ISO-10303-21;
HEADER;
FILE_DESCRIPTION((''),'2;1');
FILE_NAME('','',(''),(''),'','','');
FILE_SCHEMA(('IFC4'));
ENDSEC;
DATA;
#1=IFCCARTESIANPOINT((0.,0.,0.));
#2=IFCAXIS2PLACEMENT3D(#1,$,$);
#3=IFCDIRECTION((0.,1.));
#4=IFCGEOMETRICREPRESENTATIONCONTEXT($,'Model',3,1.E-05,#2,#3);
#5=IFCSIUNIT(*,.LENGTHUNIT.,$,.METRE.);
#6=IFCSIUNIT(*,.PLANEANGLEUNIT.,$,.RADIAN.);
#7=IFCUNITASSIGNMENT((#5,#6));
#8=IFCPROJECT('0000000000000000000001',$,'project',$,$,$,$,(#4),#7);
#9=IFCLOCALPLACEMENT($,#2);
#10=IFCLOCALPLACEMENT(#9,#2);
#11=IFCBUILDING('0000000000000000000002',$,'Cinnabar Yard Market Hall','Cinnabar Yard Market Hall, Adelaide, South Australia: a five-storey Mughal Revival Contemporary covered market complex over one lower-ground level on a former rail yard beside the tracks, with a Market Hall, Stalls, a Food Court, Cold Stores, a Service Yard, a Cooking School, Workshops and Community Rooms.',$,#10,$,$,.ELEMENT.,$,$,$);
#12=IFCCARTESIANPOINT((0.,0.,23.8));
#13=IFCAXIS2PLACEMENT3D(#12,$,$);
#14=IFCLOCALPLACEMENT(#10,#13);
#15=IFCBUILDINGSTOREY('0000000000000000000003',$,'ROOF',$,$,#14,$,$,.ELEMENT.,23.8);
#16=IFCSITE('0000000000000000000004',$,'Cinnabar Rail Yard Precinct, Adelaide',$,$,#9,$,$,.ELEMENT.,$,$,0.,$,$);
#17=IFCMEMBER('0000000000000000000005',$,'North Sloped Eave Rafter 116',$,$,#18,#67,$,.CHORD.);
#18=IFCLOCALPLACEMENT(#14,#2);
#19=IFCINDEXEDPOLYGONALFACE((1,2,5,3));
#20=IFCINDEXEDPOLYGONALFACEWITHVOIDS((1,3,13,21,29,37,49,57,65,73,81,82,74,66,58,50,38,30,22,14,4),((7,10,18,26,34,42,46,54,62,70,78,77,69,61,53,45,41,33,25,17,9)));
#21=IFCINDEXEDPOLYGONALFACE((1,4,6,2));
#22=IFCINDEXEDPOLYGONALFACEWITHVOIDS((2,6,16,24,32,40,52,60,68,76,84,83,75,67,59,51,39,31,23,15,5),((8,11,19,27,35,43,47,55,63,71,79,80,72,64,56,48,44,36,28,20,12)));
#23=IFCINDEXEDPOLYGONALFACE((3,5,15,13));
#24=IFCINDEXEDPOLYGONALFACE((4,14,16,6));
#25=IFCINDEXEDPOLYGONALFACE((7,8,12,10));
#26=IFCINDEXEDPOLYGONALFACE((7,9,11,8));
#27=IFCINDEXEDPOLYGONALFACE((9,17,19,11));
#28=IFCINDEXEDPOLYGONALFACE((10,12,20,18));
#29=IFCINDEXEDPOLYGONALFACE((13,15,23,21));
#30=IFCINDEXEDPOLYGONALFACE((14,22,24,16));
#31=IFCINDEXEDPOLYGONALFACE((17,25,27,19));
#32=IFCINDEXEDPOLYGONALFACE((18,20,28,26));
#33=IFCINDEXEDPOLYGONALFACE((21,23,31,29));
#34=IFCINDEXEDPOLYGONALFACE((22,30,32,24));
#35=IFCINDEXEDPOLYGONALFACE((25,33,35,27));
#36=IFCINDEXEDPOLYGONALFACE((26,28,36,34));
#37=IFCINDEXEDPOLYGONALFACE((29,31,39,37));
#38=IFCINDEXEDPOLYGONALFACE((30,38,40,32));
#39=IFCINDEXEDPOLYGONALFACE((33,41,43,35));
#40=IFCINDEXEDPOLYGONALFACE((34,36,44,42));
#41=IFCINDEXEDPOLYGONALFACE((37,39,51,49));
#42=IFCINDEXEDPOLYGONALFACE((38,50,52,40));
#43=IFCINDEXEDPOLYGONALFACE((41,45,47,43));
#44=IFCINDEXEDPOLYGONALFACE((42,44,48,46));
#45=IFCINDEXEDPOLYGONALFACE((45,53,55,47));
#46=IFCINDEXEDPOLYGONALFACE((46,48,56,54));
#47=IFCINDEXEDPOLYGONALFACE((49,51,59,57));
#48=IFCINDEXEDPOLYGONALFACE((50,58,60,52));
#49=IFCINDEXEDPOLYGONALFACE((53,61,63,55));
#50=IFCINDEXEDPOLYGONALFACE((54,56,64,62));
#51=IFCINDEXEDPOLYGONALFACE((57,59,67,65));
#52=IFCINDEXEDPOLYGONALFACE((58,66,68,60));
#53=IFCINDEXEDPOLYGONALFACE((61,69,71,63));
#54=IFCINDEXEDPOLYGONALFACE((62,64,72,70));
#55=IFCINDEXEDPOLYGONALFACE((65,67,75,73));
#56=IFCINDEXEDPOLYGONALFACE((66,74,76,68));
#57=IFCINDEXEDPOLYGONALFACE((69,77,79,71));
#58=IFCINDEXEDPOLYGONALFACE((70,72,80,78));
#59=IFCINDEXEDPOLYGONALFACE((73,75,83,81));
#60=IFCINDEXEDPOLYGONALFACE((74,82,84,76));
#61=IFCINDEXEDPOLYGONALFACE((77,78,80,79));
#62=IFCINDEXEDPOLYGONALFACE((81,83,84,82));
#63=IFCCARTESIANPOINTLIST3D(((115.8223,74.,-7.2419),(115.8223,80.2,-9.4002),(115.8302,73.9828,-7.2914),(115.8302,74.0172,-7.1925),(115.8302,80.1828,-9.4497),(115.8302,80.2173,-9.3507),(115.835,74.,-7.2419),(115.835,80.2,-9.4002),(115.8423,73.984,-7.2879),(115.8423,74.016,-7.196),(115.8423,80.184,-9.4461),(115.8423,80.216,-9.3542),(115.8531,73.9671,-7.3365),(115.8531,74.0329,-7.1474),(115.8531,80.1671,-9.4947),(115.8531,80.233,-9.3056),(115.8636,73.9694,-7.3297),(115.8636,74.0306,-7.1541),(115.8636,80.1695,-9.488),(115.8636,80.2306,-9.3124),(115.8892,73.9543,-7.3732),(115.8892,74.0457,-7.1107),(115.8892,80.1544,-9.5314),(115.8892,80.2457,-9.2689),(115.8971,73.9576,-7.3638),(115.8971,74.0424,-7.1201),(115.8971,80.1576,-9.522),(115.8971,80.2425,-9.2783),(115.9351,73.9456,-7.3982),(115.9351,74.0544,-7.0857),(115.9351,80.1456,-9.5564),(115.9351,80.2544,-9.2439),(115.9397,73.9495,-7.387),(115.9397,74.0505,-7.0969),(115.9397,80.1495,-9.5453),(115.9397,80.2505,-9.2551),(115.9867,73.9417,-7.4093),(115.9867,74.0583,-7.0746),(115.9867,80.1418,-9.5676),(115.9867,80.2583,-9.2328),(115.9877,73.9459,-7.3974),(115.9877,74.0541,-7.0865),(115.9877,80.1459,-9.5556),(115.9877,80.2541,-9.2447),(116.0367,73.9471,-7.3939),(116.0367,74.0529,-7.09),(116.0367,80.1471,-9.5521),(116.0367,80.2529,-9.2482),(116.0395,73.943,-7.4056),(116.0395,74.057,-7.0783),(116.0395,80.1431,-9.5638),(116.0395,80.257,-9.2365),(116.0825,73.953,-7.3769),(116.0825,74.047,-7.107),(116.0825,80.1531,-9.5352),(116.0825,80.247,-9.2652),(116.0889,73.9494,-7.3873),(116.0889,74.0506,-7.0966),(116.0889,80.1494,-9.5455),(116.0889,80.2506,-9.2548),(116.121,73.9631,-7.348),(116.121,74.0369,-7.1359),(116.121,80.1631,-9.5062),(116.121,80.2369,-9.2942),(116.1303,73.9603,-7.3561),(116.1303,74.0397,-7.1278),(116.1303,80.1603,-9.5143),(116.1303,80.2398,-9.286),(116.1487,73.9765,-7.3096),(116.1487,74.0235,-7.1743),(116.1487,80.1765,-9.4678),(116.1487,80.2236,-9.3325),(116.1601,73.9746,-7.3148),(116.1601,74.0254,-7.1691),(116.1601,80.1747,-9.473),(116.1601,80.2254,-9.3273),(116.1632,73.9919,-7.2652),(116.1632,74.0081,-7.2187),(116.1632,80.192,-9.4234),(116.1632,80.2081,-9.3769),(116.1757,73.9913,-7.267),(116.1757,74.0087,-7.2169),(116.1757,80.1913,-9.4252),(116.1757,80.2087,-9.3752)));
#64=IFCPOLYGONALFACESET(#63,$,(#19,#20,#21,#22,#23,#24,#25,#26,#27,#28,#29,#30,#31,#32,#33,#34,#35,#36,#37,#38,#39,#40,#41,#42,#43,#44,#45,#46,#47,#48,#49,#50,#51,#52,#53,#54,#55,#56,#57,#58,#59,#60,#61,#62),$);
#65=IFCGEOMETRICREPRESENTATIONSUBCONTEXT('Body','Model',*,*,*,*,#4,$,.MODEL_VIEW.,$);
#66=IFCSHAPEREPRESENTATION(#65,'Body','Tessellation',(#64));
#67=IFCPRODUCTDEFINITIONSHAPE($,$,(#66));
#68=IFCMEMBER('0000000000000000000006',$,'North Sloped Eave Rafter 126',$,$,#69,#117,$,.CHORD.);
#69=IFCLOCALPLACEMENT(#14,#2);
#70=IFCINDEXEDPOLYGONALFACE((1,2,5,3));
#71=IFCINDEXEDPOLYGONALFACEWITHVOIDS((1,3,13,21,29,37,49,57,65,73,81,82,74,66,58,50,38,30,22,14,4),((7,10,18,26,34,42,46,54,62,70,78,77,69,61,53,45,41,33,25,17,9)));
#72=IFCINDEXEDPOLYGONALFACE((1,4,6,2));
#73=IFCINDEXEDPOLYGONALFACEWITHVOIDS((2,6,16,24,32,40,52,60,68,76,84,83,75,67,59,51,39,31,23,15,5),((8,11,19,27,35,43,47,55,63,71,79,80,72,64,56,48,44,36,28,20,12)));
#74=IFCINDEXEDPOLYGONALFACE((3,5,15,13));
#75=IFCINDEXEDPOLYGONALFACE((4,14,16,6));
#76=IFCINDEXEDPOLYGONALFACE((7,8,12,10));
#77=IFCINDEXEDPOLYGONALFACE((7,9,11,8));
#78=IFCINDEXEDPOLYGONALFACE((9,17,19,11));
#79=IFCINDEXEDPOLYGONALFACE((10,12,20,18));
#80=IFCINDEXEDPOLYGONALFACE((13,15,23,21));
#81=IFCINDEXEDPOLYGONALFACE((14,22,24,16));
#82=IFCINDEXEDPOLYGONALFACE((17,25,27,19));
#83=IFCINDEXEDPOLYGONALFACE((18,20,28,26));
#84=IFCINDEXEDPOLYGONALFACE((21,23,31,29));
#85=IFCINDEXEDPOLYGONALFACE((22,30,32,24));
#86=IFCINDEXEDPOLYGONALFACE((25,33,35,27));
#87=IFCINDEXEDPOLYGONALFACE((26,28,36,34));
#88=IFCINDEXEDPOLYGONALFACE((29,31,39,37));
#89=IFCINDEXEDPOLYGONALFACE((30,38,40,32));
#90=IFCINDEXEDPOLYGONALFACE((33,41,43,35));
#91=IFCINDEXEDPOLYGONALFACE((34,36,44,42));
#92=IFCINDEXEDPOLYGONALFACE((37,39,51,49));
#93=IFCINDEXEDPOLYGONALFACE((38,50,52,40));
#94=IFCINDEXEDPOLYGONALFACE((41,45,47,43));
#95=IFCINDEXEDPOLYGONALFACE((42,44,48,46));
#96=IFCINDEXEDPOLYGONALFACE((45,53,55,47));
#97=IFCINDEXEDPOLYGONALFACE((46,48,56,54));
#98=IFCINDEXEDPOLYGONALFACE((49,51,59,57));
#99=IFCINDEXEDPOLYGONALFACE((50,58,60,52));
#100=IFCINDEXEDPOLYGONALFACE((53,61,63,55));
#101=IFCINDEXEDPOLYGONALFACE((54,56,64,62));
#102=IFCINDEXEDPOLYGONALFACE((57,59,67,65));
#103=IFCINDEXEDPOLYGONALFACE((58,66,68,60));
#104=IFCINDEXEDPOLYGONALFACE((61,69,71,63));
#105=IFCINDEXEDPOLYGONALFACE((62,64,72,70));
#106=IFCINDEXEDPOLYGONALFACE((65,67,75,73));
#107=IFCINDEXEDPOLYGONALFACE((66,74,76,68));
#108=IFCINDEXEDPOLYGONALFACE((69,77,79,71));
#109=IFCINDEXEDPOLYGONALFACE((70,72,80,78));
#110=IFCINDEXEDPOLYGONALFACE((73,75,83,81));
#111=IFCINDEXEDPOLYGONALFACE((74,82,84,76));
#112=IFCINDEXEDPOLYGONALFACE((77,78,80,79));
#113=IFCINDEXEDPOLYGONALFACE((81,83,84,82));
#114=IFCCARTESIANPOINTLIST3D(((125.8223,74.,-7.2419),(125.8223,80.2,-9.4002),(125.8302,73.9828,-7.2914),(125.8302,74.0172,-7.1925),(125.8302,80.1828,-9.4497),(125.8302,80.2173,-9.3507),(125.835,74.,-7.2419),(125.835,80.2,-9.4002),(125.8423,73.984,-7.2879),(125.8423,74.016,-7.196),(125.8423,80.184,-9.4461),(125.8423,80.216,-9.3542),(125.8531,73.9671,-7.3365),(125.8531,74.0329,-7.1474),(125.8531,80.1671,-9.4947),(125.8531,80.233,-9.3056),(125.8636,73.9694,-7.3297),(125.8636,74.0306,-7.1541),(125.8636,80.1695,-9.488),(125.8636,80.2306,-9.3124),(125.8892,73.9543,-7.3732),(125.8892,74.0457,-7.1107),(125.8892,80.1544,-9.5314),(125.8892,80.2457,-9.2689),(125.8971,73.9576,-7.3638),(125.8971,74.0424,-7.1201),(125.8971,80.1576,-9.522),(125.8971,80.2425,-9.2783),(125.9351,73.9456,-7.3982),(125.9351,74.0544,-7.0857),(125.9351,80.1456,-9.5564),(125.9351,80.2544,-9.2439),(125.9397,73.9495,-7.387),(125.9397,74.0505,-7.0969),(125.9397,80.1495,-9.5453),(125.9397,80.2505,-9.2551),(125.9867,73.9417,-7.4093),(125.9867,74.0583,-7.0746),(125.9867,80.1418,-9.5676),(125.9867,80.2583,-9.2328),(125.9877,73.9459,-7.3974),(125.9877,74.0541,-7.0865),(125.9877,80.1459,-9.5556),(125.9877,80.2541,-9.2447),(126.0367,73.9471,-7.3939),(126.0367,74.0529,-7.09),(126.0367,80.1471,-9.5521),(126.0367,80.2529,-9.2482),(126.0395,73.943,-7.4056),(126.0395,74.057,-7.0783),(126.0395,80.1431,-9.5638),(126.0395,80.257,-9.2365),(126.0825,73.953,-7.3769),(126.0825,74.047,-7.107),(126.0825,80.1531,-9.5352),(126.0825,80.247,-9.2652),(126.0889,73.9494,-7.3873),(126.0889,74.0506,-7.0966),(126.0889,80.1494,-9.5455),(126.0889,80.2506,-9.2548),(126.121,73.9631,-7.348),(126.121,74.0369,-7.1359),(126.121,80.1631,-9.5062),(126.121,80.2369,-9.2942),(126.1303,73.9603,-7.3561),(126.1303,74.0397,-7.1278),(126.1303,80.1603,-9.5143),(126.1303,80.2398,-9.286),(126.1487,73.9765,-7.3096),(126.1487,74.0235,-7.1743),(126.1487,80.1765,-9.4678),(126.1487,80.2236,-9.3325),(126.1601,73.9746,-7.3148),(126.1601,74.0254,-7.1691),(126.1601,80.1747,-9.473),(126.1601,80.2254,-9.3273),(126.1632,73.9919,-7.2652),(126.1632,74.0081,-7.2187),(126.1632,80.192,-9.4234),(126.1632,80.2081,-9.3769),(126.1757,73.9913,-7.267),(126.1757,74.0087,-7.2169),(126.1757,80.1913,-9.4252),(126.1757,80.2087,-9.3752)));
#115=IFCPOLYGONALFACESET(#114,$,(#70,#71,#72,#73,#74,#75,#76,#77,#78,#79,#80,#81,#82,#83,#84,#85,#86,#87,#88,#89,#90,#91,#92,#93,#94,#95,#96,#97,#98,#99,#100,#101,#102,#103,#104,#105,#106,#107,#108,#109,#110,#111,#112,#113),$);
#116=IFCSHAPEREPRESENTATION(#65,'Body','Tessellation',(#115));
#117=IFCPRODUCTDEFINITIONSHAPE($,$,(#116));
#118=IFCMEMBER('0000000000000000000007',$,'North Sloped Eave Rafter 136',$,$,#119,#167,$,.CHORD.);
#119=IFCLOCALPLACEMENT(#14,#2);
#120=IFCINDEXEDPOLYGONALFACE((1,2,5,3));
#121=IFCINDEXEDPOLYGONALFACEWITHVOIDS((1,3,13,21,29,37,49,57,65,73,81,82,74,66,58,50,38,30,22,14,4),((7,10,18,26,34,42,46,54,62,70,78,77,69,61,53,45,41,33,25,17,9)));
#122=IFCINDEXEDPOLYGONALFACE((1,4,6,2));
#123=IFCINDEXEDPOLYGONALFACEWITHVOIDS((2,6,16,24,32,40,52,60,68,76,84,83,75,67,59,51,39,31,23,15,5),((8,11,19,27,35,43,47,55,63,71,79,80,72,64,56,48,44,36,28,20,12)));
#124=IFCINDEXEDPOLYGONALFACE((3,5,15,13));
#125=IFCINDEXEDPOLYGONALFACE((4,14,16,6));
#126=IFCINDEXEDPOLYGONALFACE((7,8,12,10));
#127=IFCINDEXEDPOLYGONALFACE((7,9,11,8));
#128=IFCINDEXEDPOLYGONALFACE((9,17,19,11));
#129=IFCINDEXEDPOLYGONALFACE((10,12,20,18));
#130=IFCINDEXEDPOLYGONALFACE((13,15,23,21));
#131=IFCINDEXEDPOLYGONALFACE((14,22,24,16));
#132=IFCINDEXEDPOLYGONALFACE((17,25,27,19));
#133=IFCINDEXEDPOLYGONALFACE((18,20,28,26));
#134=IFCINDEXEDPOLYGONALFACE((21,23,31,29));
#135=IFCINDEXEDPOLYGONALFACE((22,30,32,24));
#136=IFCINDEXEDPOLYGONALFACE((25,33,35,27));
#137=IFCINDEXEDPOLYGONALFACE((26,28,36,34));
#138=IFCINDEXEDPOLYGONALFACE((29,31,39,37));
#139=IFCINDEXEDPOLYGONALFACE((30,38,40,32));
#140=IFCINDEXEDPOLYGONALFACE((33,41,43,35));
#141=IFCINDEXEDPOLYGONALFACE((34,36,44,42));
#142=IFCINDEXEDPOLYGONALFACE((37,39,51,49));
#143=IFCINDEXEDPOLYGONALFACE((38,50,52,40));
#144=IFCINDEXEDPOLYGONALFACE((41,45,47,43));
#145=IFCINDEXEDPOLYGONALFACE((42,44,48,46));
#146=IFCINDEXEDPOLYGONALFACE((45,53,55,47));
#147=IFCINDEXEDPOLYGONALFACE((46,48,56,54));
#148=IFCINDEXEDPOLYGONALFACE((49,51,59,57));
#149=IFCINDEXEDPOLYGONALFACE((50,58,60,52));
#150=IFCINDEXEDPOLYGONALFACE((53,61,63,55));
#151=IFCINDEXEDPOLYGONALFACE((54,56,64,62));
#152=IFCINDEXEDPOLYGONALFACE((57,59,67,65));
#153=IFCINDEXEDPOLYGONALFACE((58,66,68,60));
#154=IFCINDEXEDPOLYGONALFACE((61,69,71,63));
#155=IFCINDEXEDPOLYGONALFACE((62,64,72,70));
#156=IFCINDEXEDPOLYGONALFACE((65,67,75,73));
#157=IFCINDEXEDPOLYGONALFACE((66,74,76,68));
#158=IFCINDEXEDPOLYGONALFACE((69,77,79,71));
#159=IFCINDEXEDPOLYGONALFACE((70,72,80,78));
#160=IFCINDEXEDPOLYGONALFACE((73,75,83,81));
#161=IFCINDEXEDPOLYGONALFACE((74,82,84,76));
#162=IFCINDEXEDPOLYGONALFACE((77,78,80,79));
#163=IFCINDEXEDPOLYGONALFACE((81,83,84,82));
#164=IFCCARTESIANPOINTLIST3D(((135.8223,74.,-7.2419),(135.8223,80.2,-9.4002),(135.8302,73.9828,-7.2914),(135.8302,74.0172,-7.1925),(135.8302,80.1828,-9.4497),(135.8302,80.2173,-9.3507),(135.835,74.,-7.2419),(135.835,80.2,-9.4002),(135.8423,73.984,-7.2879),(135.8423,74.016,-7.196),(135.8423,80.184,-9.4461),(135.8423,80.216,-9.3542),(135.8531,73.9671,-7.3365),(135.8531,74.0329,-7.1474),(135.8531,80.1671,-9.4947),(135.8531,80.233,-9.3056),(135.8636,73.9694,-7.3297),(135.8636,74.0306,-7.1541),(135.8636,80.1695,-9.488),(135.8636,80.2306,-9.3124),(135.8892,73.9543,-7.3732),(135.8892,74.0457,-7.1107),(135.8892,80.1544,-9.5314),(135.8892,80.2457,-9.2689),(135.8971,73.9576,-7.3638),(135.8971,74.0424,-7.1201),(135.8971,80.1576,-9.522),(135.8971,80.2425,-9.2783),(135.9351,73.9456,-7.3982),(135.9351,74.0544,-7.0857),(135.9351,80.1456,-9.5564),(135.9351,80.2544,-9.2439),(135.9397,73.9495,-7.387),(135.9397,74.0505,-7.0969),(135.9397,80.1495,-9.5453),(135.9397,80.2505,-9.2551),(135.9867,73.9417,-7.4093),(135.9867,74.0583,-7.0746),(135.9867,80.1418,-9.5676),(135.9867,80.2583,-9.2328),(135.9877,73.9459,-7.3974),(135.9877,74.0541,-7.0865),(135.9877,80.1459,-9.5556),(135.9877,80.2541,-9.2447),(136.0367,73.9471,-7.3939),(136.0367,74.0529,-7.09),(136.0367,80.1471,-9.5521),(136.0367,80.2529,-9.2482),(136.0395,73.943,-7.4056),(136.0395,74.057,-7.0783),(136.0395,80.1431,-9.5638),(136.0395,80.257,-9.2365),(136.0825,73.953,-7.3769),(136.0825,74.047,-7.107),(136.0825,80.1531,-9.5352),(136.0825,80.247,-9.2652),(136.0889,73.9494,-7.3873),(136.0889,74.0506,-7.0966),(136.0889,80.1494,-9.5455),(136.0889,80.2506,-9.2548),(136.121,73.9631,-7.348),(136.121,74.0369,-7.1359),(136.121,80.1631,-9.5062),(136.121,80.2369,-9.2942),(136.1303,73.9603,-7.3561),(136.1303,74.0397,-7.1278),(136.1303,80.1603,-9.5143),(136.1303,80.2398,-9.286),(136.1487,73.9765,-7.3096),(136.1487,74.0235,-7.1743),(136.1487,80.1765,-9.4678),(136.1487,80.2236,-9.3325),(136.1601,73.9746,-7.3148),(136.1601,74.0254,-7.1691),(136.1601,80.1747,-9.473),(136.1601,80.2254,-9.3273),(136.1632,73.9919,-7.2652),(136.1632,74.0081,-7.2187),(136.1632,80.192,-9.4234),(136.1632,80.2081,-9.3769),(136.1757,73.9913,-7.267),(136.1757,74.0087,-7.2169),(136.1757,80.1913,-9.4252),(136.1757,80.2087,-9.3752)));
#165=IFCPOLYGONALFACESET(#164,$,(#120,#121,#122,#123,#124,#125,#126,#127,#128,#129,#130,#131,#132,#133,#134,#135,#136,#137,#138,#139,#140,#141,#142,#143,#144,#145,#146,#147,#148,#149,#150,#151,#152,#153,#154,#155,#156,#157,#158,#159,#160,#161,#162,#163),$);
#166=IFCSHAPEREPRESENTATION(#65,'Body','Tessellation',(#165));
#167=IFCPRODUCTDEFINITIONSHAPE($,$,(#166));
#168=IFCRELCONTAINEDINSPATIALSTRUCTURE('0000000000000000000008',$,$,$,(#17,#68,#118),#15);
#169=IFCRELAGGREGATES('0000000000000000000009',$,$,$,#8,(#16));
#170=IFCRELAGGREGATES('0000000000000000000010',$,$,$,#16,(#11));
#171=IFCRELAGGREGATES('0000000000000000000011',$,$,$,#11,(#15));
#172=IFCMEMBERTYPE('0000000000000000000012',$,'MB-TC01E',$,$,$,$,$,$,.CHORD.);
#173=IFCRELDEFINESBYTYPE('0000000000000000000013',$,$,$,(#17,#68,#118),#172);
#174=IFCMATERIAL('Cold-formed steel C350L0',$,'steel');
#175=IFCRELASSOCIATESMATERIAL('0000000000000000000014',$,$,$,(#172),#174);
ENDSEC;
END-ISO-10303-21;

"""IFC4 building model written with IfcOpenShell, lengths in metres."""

from ifc_helpers import new_model, si_unit, direction, frame, origin, origin_2d_with_axis, place, context, subcontext, project, spatial, hollow_circle, extrude, material, material_profile, profile_set, type_object, element, save


model = new_model("IFC4")

# Units and contexts
model_context = context("Model", 3, precision=1e-05, world=origin(), true_north=direction((0.0, 1.0)))
body_context = subcontext(model_context, "Body", "Model", "MODEL_VIEW")
ifc_project = project(units=[si_unit("LENGTHUNIT", "METRE"), si_unit("PLANEANGLEUNIT", "RADIAN")], contexts=[model_context])

# Site, building, storey
site_placement = place(None, origin())
site = spatial("IfcSite", under=ifc_project, at=site_placement, Name="Cinnabar Rail Yard Precinct, Adelaide", CompositionType="ELEMENT", RefElevation=0.0)
building_placement = place(site_placement, origin())
building = spatial("IfcBuilding", under=site, at=building_placement, Name="Cinnabar Yard Market Hall", Description="Cinnabar Yard Market Hall, Adelaide, South Australia: a five-storey Mughal Revival Contemporary covered market complex over one lower-ground level on a former rail yard beside the tracks, with a Market Hall, Stalls, a Food Court, Cold Stores, a Service Yard, a Cooking School, Workshops and Community Rooms.", CompositionType="ELEMENT")
storey_placement = place(building_placement, frame((0.0, 0.0, 23.8)))
storey = spatial("IfcBuildingStorey", under=building, at=storey_placement, Name="ROOF", CompositionType="ELEMENT", Elevation=23.8)

# Shared definitions
ifc_material_1 = material(Name="Cold-formed steel C350L0", Category="steel")

# Members
ifc_material_profile_1 = material_profile(ifc_material_1, hollow_circle(Radius=0.1777, WallThickness=0.0127, at=origin_2d_with_axis()), Name="355.6x12.7CHS")
ifc_profile_set_1 = profile_set([ifc_material_profile_1], Name="Cold-formed steel C350L0")
member_type_1 = type_object("IfcMemberType", Name="MB-TC01E", PredefinedType="CHORD", material=ifc_profile_set_1)
for number, where, z_axis, x_axis, name in (
    (1, (116.0, 74.0, -7.2419), (0.0, 0.944416, -0.328751), (-1.0, 0.0, 0.0), "North Sloped Eave Rafter 116"),
    (2, (126.0, 74.0, -7.2419), (0.0, 0.944416, -0.328751), (-1.0, 0.0, 0.0), "North Sloped Eave Rafter 126"),
    (3, (136.0, 74.0, -7.2419), (0.0, 0.944416, -0.328751), (-1.0, 0.0, 0.0), "North Sloped Eave Rafter 136"),
):
    element("IfcMember", number, at=place(storey_placement, frame(where, z_axis=z_axis, x_axis=x_axis)), inside=storey, type_object=member_type_1, Name=name, PredefinedType="CHORD", context=body_context, shape_type="SweptSolid", body=[
        extrude(hollow_circle(Radius=0.1777, WallThickness=0.0127, at=origin_2d_with_axis()), origin(), (0.0, 0.0, 1.0), 6.5649),
    ])

save(model, "model.ifc")
